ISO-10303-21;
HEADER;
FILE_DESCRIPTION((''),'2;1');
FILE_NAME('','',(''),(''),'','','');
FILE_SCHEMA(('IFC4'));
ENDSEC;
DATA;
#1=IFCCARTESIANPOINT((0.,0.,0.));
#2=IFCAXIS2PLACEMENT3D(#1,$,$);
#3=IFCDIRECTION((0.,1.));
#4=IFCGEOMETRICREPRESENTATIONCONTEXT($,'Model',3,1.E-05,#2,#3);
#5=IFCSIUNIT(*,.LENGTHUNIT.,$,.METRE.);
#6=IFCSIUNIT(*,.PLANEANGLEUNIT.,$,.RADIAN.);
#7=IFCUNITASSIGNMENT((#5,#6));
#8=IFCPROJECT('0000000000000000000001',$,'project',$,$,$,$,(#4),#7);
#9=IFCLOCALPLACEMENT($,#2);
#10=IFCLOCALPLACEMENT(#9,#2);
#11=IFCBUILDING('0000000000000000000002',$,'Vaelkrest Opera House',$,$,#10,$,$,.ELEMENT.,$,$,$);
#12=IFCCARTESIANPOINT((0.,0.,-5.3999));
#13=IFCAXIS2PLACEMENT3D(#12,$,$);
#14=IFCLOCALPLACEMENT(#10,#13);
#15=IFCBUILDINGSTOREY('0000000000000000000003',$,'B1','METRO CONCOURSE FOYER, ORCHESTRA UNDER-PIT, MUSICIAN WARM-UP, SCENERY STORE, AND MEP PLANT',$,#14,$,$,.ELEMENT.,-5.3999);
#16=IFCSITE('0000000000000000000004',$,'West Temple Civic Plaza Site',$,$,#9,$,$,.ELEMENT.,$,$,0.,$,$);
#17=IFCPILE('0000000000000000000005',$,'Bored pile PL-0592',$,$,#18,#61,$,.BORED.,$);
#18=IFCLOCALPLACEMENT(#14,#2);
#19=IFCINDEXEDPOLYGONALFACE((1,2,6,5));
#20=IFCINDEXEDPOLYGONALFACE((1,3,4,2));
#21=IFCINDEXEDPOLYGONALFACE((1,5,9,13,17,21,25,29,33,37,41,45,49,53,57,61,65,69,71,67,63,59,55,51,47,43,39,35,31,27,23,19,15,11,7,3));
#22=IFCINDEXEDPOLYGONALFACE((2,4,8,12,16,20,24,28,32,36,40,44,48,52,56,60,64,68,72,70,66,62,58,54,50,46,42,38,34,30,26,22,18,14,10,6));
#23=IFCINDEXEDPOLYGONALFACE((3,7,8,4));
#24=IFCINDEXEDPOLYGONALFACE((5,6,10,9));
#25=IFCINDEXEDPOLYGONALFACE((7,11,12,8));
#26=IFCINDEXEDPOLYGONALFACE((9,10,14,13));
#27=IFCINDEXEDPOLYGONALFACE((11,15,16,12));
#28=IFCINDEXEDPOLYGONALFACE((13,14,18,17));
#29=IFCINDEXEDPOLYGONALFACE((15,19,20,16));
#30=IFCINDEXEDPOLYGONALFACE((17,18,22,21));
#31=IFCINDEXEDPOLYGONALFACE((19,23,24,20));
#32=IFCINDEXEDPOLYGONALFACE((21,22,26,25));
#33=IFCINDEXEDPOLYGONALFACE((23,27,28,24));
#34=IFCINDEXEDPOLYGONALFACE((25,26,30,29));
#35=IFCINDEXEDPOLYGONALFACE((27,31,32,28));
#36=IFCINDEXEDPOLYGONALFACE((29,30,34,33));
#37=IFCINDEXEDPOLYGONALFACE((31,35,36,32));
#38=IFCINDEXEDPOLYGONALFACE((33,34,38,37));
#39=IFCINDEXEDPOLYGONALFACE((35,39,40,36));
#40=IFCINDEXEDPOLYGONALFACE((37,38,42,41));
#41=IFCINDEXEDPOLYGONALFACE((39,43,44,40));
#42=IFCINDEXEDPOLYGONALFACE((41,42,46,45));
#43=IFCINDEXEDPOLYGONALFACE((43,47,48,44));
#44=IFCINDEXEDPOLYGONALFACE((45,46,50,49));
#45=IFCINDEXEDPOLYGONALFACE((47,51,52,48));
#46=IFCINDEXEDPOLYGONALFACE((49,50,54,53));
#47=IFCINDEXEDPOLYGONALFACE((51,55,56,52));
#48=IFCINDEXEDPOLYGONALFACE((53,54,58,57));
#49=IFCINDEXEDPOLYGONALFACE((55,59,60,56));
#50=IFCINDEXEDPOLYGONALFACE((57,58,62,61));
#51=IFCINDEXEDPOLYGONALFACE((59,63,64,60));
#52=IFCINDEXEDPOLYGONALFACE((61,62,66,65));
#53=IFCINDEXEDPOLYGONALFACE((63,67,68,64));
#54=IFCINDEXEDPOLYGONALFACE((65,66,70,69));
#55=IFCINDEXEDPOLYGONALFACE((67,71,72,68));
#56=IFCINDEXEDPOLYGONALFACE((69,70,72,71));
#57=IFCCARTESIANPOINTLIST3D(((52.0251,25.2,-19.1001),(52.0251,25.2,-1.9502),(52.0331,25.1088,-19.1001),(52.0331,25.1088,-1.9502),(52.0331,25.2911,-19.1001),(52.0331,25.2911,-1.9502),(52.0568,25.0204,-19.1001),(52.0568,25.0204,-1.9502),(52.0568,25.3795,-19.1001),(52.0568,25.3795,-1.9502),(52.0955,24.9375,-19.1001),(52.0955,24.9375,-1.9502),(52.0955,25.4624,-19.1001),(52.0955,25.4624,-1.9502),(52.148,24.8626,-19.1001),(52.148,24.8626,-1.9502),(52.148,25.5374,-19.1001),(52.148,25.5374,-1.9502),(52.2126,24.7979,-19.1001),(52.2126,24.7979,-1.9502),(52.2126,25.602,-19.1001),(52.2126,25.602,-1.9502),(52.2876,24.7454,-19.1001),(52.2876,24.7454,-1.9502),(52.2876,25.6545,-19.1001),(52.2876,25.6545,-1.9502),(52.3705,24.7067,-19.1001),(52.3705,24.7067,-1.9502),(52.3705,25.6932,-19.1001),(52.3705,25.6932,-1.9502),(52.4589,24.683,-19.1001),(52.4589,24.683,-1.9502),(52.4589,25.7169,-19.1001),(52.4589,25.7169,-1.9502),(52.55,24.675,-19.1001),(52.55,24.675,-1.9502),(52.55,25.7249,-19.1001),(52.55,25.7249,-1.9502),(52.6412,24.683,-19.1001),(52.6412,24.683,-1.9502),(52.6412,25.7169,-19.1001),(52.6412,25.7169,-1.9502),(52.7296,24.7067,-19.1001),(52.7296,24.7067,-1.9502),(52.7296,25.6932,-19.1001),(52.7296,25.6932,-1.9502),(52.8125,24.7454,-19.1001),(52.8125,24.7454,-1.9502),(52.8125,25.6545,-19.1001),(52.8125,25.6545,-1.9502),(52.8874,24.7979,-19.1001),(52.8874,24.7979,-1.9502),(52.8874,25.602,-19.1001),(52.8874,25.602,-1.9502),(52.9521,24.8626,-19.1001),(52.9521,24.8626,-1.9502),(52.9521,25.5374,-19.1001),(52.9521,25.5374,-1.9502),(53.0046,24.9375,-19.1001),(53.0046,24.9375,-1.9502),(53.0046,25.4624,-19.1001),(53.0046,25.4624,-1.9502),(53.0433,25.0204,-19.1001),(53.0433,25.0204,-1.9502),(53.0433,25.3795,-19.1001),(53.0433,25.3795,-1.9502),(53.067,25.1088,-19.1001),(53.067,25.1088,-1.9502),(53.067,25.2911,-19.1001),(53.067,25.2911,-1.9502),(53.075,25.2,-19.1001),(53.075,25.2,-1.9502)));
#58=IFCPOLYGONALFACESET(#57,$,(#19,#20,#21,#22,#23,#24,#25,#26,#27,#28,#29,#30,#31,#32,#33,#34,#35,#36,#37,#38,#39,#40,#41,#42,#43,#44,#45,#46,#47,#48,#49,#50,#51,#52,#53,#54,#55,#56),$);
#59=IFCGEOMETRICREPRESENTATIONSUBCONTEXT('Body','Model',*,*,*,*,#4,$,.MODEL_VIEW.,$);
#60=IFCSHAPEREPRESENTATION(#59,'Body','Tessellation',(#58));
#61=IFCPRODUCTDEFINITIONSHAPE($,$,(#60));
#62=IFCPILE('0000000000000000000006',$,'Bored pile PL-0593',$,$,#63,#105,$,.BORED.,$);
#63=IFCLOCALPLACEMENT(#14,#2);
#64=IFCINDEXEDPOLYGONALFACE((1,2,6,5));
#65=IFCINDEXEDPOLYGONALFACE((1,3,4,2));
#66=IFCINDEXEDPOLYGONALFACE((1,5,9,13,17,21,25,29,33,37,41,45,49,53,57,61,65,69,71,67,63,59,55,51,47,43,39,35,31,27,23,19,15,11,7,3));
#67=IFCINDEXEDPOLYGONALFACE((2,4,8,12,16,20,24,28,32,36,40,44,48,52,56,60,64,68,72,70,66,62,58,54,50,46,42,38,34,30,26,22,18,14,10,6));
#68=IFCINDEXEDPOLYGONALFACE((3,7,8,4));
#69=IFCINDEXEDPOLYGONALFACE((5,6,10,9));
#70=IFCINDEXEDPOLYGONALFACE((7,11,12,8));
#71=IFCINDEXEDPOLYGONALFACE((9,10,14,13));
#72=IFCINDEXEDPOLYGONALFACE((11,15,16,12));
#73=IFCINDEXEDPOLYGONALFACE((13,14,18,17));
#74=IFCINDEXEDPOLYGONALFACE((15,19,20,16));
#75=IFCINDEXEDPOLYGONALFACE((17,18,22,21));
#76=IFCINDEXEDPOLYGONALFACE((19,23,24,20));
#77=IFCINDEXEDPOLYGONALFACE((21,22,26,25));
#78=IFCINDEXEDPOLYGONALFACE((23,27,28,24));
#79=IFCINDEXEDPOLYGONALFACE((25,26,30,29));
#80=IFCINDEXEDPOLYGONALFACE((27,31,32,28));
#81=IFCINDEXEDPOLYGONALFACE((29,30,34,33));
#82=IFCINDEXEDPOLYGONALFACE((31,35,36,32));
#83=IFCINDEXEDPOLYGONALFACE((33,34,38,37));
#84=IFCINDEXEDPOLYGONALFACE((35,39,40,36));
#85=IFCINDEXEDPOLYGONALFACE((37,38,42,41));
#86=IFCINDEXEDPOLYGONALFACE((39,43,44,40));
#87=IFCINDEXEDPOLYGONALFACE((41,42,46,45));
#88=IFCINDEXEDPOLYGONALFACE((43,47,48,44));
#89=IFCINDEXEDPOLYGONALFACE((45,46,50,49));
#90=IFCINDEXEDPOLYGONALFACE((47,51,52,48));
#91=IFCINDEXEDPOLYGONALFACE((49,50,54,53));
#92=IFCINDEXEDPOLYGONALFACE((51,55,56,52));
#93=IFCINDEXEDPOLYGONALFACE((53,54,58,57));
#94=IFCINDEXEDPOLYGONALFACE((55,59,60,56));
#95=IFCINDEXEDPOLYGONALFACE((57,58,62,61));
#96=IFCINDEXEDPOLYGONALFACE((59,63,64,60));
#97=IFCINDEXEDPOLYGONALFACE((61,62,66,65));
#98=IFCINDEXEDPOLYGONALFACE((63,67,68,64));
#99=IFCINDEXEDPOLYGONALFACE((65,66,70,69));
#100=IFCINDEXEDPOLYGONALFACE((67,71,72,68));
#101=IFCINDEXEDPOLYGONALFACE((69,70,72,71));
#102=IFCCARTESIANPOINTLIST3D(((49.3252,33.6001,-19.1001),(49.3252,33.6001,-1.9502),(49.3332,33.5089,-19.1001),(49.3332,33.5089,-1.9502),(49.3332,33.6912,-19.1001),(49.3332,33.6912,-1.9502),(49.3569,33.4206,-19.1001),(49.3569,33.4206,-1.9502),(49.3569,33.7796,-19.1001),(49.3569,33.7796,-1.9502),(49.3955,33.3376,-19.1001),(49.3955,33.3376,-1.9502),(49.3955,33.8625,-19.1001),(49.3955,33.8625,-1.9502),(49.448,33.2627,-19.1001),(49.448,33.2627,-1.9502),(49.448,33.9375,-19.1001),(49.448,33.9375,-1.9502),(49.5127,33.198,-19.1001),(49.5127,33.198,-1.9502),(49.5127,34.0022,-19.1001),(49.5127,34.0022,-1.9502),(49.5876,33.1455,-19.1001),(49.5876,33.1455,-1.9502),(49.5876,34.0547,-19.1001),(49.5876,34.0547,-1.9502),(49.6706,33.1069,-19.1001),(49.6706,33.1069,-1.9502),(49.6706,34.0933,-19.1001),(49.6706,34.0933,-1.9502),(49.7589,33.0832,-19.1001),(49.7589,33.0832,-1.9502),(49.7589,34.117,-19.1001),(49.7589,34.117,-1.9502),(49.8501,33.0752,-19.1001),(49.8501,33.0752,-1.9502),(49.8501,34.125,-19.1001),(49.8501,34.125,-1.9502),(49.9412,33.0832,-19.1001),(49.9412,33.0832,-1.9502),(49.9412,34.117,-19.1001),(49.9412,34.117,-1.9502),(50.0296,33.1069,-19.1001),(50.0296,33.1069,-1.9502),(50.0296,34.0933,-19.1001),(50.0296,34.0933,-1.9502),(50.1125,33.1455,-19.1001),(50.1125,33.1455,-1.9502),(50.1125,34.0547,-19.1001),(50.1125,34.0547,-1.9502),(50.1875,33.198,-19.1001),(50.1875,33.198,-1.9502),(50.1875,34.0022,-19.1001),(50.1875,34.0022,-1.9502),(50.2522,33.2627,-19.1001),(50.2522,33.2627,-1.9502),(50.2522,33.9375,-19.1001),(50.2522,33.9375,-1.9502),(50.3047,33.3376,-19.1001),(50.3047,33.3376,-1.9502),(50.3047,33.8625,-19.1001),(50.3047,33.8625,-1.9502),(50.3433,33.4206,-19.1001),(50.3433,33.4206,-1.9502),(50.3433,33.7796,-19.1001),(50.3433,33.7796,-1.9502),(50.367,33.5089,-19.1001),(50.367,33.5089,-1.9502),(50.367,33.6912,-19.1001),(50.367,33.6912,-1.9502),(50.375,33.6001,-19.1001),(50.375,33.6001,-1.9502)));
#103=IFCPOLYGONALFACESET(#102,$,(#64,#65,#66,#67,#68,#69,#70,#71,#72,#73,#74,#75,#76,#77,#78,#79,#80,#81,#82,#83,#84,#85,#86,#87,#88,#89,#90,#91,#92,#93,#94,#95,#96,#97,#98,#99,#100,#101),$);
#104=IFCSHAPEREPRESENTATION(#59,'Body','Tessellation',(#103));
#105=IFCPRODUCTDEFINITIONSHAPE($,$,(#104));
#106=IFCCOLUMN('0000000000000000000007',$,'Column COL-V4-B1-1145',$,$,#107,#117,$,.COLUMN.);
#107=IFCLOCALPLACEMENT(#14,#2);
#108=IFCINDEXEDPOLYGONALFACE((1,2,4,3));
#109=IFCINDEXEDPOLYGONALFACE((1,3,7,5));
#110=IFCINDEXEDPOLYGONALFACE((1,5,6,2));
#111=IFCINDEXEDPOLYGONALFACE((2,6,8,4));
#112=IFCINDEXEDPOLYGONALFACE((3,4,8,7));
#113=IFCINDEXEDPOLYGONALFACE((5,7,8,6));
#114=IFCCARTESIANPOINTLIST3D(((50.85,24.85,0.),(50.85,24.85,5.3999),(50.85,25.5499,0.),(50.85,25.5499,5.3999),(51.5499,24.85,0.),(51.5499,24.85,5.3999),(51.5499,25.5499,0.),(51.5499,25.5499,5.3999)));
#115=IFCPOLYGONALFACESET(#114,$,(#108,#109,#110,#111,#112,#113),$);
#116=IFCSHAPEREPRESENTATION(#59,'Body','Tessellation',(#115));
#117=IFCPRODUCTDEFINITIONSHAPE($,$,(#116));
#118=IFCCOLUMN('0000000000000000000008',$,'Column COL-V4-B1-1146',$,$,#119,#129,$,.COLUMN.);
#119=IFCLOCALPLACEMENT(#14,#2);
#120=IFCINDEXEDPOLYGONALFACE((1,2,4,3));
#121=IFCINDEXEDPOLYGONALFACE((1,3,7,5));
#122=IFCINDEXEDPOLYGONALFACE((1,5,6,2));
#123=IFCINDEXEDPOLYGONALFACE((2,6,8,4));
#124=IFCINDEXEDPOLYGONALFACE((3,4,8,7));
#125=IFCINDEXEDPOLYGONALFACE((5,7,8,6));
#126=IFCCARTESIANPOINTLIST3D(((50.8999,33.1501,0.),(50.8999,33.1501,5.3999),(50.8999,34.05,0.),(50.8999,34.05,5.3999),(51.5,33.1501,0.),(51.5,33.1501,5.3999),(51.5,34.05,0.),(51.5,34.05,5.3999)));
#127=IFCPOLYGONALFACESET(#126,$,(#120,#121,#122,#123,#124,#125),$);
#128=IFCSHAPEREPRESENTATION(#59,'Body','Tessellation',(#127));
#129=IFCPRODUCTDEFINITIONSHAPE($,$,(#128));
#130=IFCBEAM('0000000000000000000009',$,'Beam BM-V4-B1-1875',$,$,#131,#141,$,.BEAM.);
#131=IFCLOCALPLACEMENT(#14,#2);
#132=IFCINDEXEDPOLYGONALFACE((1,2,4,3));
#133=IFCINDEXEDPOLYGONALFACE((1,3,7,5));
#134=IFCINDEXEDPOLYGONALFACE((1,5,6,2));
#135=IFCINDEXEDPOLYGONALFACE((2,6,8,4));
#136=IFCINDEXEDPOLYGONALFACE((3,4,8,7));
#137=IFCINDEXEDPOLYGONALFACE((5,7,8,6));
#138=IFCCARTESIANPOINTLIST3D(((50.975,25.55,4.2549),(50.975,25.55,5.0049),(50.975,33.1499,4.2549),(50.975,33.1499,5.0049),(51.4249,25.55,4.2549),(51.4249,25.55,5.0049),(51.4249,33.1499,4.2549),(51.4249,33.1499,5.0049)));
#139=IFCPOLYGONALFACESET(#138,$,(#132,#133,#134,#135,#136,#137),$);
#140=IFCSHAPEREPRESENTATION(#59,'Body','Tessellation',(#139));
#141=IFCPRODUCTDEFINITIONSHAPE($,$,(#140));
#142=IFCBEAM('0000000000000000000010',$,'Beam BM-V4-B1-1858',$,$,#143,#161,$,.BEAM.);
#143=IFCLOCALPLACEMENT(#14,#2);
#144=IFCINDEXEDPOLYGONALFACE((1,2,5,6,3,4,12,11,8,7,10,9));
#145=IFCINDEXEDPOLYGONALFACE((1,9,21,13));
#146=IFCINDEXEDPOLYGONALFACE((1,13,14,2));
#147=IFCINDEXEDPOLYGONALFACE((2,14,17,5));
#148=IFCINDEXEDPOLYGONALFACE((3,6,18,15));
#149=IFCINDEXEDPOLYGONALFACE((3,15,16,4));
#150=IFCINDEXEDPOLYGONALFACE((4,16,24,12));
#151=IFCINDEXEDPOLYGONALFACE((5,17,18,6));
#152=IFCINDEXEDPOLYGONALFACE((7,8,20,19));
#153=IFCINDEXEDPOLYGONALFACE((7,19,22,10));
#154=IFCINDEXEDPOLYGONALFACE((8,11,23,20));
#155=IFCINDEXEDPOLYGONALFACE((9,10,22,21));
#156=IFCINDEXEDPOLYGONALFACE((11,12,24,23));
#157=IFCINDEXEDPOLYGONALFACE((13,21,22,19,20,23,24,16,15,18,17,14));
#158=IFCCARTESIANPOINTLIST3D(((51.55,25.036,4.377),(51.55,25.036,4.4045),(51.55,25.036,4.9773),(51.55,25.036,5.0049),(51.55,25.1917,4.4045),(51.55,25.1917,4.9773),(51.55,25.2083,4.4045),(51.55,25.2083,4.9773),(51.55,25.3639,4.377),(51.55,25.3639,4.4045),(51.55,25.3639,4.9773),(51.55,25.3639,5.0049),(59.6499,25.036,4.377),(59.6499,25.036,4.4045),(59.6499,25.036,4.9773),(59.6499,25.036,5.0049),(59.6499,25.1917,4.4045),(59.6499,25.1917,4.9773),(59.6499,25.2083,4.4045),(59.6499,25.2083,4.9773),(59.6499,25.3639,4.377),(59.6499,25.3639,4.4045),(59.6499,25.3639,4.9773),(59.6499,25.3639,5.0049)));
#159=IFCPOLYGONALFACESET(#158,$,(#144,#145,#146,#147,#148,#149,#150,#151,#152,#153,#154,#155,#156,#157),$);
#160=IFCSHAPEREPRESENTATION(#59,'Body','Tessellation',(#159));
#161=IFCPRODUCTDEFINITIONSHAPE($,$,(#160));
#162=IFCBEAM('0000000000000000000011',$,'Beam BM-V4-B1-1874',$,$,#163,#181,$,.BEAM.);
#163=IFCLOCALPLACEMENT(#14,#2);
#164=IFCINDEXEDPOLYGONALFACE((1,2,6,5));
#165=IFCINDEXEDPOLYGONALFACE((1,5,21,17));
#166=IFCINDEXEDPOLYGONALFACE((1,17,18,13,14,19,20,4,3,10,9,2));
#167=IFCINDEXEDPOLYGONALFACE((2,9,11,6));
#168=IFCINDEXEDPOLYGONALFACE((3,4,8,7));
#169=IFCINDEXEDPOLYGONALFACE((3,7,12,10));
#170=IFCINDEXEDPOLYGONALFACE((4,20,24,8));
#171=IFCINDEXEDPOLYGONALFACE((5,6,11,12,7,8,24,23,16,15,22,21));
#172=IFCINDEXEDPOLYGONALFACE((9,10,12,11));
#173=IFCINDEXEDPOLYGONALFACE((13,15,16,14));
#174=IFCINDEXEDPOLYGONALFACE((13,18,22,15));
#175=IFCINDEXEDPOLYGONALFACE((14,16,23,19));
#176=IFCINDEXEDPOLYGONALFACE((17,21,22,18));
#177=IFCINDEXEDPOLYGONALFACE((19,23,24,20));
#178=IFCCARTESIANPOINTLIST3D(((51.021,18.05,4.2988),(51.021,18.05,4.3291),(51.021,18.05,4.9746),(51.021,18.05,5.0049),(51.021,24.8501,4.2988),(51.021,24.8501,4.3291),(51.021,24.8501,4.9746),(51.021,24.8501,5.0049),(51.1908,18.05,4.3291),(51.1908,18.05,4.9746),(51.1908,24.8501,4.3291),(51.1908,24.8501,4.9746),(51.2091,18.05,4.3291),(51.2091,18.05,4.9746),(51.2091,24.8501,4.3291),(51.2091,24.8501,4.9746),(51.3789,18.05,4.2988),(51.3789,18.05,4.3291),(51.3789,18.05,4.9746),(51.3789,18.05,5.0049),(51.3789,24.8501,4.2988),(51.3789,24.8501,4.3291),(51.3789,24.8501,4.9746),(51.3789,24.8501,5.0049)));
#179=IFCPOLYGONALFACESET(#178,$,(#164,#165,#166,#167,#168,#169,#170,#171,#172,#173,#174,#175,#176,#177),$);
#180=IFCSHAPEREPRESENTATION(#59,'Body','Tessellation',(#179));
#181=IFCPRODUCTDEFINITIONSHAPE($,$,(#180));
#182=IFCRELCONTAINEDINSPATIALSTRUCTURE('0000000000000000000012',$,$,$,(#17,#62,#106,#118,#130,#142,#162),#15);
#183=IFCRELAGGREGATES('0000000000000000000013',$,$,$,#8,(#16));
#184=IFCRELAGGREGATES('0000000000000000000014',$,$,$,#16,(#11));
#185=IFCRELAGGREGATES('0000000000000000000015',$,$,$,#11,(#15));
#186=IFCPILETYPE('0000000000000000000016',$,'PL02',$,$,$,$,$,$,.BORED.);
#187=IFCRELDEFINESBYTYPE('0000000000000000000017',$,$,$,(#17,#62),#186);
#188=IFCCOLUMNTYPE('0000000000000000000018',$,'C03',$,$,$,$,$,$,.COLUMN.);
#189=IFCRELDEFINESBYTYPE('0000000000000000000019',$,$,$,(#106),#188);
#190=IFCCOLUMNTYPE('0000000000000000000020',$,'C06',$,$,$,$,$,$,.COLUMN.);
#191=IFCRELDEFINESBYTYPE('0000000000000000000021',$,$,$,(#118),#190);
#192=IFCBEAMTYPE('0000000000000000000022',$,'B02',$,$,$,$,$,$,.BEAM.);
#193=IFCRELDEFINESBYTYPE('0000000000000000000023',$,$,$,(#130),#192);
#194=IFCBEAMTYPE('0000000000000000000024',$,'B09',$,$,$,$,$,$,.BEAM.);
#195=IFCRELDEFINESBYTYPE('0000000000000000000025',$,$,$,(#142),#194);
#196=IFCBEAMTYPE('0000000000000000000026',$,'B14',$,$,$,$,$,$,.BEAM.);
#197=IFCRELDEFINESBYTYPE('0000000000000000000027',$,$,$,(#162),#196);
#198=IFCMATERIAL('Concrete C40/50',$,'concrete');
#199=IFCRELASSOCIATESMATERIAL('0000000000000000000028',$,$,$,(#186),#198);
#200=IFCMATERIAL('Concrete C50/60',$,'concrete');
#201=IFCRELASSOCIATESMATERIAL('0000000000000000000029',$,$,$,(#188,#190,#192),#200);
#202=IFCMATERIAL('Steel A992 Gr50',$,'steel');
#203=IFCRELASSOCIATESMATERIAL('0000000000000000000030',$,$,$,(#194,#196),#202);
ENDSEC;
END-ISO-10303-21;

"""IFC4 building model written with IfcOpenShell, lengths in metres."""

from ifc_helpers import new_model, si_unit, direction, frame, origin, origin_2d, place, context, subcontext, project, spatial, rectangle, circle, i_section, extrude, material, material_profile, profile_set, type_object, element, save


model = new_model("IFC4")

# Units and contexts
model_context = context("Model", 3, precision=1e-05, world=origin(), true_north=direction((0.0, 1.0)))
body_context = subcontext(model_context, "Body", "Model", "MODEL_VIEW")
ifc_project = project(units=[si_unit("LENGTHUNIT", "METRE"), si_unit("PLANEANGLEUNIT", "RADIAN")], contexts=[model_context])

# Site, building, storey
site_placement = place(None, origin())
site = spatial("IfcSite", under=ifc_project, at=site_placement, Name="West Temple Civic Plaza Site", CompositionType="ELEMENT", RefElevation=0.0)
building_placement = place(site_placement, origin())
building = spatial("IfcBuilding", under=site, at=building_placement, Name="Vaelkrest Opera House", CompositionType="ELEMENT")
storey_placement = place(building_placement, frame((0.0, 0.0, -5.3999)))
storey = spatial("IfcBuildingStorey", under=building, at=storey_placement, Name="B1", Description="METRO CONCOURSE FOYER, ORCHESTRA UNDER-PIT, MUSICIAN WARM-UP, SCENERY STORE, AND MEP PLANT", CompositionType="ELEMENT", Elevation=-5.3999)

# Shared definitions
ifc_material_1 = material(Name="Concrete C40/50", Category="concrete")

# Piles
ifc_material_profile_1 = material_profile(ifc_material_1, circle(Radius=0.5249, at=origin_2d()), Name="PILE1050")
ifc_profile_set_1 = profile_set([ifc_material_profile_1], Name="Concrete C40/50")
pile_type = type_object("IfcPileType", Name="PL02", PredefinedType="BORED", material=ifc_profile_set_1)
for number, where, z_axis, x_axis, name in (
    (1, (52.55, 25.2, -1.9502), (0.0, 0.0, -1.0), (1.0, 0.0, 0.0), "Bored pile PL-0592"),
    (2, (49.8501, 33.6001, -1.9502), (0.0, 0.0, -1.0), (1.0, 0.0, 0.0), "Bored pile PL-0593"),
):
    element("IfcPile", number, at=place(storey_placement, frame(where, z_axis=z_axis, x_axis=x_axis)), inside=storey, type_object=pile_type, Name=name, PredefinedType="BORED", context=body_context, shape_type="SweptSolid", body=[
        extrude(circle(Radius=0.5249, at=origin_2d()), origin(), (0.0, 0.0, 1.0), 17.1499),
    ])

# Columns
ifc_material_2 = material(Name="Concrete C50/60", Category="concrete")
ifc_material_profile_2 = material_profile(ifc_material_2, rectangle(XDim=0.7, YDim=0.7, at=origin_2d()), Name="RC700X700")
ifc_profile_set_2 = profile_set([ifc_material_profile_2], Name="Concrete C50/60")
column_type_1 = type_object("IfcColumnType", Name="C03", PredefinedType="COLUMN", material=ifc_profile_set_2)
column_1_placement = place(storey_placement, frame((51.2, 25.2, 0.0), z_axis=(0.0, 0.0, 1.0), x_axis=(1.0, 0.0, 0.0)))
element("IfcColumn", 3, at=column_1_placement, inside=storey, type_object=column_type_1, Name="Column COL-V4-B1-1145", PredefinedType="COLUMN", context=body_context, shape_type="SweptSolid", body=[
    extrude(rectangle(XDim=0.7, YDim=0.7, at=origin_2d()), origin(), (0.0, 0.0, 1.0), 5.3999),
])
ifc_material_profile_3 = material_profile(ifc_material_2, rectangle(XDim=0.6001, YDim=0.8999, at=origin_2d()), Name="RC600X900")
ifc_profile_set_3 = profile_set([ifc_material_profile_3], Name="Concrete C50/60")
column_type_2 = type_object("IfcColumnType", Name="C06", PredefinedType="COLUMN", material=ifc_profile_set_3)
column_2_placement = place(storey_placement, frame((51.2, 33.6001, 0.0), z_axis=(0.0, 0.0, 1.0), x_axis=(1.0, 0.0, 0.0)))
element("IfcColumn", 4, at=column_2_placement, inside=storey, type_object=column_type_2, Name="Column COL-V4-B1-1146", PredefinedType="COLUMN", context=body_context, shape_type="SweptSolid", body=[
    extrude(rectangle(XDim=0.6001, YDim=0.8999, at=origin_2d()), origin(), (0.0, 0.0, 1.0), 5.3999),
])

# Beams
ifc_material_profile_4 = material_profile(ifc_material_2, rectangle(XDim=0.45, YDim=0.75, at=origin_2d()), Name="RCB450X750")
ifc_profile_set_4 = profile_set([ifc_material_profile_4], Name="Concrete C50/60")
beam_type_1 = type_object("IfcBeamType", Name="B02", PredefinedType="BEAM", material=ifc_profile_set_4)
beam_1_placement = place(storey_placement, frame((51.2, 25.55, 4.6299), z_axis=(0.0, 1.0, 0.0), x_axis=(-1.0, 0.0, 0.0)))
element("IfcBeam", 5, at=beam_1_placement, inside=storey, type_object=beam_type_1, Name="Beam BM-V4-B1-1875", PredefinedType="BEAM", context=body_context, shape_type="SweptSolid", body=[
    extrude(rectangle(XDim=0.45, YDim=0.75, at=origin_2d()), origin(), (0.0, 0.0, 1.0), 7.5999),
])
ifc_material_3 = material(Name="Steel A992 Gr50", Category="steel")
ifc_material_profile_5 = material_profile(ifc_material_3, i_section(OverallWidth=0.3279, OverallDepth=0.6279, WebThickness=0.0166, FlangeThickness=0.0276, at=origin_2d()), Name="W24X146")
ifc_profile_set_5 = profile_set([ifc_material_profile_5], Name="Steel A992 Gr50")
beam_type_2 = type_object("IfcBeamType", Name="B09", PredefinedType="BEAM", material=ifc_profile_set_5)
beam_2_placement = place(storey_placement, frame((51.55, 25.2, 4.6909), z_axis=(1.0, 0.0, 0.0), x_axis=(0.0, 1.0, 0.0)))
element("IfcBeam", 6, at=beam_2_placement, inside=storey, type_object=beam_type_2, Name="Beam BM-V4-B1-1858", PredefinedType="BEAM", context=body_context, shape_type="SweptSolid", body=[
    extrude(i_section(OverallWidth=0.3279, OverallDepth=0.6279, WebThickness=0.0166, FlangeThickness=0.0276, at=origin_2d()), origin(), (0.0, 0.0, 1.0), 8.0999),
])
ifc_material_profile_6 = material_profile(ifc_material_3, i_section(OverallWidth=0.3579, OverallDepth=0.7061, WebThickness=0.0183, FlangeThickness=0.0303, at=origin_2d()), Name="W27X178")
ifc_profile_set_6 = profile_set([ifc_material_profile_6], Name="Steel A992 Gr50")
beam_type_3 = type_object("IfcBeamType", Name="B14", PredefinedType="BEAM", material=ifc_profile_set_6)
beam_3_placement = place(storey_placement, frame((51.2, 18.05, 4.6519), z_axis=(0.0, 1.0, 0.0), x_axis=(-1.0, 0.0, 0.0)))
element("IfcBeam", 7, at=beam_3_placement, inside=storey, type_object=beam_type_3, Name="Beam BM-V4-B1-1874", PredefinedType="BEAM", context=body_context, shape_type="SweptSolid", body=[
    extrude(i_section(OverallWidth=0.3579, OverallDepth=0.7061, WebThickness=0.0183, FlangeThickness=0.0303, at=origin_2d()), origin(), (0.0, 0.0, 1.0), 6.8),
])

save(model, "model.ifc")
